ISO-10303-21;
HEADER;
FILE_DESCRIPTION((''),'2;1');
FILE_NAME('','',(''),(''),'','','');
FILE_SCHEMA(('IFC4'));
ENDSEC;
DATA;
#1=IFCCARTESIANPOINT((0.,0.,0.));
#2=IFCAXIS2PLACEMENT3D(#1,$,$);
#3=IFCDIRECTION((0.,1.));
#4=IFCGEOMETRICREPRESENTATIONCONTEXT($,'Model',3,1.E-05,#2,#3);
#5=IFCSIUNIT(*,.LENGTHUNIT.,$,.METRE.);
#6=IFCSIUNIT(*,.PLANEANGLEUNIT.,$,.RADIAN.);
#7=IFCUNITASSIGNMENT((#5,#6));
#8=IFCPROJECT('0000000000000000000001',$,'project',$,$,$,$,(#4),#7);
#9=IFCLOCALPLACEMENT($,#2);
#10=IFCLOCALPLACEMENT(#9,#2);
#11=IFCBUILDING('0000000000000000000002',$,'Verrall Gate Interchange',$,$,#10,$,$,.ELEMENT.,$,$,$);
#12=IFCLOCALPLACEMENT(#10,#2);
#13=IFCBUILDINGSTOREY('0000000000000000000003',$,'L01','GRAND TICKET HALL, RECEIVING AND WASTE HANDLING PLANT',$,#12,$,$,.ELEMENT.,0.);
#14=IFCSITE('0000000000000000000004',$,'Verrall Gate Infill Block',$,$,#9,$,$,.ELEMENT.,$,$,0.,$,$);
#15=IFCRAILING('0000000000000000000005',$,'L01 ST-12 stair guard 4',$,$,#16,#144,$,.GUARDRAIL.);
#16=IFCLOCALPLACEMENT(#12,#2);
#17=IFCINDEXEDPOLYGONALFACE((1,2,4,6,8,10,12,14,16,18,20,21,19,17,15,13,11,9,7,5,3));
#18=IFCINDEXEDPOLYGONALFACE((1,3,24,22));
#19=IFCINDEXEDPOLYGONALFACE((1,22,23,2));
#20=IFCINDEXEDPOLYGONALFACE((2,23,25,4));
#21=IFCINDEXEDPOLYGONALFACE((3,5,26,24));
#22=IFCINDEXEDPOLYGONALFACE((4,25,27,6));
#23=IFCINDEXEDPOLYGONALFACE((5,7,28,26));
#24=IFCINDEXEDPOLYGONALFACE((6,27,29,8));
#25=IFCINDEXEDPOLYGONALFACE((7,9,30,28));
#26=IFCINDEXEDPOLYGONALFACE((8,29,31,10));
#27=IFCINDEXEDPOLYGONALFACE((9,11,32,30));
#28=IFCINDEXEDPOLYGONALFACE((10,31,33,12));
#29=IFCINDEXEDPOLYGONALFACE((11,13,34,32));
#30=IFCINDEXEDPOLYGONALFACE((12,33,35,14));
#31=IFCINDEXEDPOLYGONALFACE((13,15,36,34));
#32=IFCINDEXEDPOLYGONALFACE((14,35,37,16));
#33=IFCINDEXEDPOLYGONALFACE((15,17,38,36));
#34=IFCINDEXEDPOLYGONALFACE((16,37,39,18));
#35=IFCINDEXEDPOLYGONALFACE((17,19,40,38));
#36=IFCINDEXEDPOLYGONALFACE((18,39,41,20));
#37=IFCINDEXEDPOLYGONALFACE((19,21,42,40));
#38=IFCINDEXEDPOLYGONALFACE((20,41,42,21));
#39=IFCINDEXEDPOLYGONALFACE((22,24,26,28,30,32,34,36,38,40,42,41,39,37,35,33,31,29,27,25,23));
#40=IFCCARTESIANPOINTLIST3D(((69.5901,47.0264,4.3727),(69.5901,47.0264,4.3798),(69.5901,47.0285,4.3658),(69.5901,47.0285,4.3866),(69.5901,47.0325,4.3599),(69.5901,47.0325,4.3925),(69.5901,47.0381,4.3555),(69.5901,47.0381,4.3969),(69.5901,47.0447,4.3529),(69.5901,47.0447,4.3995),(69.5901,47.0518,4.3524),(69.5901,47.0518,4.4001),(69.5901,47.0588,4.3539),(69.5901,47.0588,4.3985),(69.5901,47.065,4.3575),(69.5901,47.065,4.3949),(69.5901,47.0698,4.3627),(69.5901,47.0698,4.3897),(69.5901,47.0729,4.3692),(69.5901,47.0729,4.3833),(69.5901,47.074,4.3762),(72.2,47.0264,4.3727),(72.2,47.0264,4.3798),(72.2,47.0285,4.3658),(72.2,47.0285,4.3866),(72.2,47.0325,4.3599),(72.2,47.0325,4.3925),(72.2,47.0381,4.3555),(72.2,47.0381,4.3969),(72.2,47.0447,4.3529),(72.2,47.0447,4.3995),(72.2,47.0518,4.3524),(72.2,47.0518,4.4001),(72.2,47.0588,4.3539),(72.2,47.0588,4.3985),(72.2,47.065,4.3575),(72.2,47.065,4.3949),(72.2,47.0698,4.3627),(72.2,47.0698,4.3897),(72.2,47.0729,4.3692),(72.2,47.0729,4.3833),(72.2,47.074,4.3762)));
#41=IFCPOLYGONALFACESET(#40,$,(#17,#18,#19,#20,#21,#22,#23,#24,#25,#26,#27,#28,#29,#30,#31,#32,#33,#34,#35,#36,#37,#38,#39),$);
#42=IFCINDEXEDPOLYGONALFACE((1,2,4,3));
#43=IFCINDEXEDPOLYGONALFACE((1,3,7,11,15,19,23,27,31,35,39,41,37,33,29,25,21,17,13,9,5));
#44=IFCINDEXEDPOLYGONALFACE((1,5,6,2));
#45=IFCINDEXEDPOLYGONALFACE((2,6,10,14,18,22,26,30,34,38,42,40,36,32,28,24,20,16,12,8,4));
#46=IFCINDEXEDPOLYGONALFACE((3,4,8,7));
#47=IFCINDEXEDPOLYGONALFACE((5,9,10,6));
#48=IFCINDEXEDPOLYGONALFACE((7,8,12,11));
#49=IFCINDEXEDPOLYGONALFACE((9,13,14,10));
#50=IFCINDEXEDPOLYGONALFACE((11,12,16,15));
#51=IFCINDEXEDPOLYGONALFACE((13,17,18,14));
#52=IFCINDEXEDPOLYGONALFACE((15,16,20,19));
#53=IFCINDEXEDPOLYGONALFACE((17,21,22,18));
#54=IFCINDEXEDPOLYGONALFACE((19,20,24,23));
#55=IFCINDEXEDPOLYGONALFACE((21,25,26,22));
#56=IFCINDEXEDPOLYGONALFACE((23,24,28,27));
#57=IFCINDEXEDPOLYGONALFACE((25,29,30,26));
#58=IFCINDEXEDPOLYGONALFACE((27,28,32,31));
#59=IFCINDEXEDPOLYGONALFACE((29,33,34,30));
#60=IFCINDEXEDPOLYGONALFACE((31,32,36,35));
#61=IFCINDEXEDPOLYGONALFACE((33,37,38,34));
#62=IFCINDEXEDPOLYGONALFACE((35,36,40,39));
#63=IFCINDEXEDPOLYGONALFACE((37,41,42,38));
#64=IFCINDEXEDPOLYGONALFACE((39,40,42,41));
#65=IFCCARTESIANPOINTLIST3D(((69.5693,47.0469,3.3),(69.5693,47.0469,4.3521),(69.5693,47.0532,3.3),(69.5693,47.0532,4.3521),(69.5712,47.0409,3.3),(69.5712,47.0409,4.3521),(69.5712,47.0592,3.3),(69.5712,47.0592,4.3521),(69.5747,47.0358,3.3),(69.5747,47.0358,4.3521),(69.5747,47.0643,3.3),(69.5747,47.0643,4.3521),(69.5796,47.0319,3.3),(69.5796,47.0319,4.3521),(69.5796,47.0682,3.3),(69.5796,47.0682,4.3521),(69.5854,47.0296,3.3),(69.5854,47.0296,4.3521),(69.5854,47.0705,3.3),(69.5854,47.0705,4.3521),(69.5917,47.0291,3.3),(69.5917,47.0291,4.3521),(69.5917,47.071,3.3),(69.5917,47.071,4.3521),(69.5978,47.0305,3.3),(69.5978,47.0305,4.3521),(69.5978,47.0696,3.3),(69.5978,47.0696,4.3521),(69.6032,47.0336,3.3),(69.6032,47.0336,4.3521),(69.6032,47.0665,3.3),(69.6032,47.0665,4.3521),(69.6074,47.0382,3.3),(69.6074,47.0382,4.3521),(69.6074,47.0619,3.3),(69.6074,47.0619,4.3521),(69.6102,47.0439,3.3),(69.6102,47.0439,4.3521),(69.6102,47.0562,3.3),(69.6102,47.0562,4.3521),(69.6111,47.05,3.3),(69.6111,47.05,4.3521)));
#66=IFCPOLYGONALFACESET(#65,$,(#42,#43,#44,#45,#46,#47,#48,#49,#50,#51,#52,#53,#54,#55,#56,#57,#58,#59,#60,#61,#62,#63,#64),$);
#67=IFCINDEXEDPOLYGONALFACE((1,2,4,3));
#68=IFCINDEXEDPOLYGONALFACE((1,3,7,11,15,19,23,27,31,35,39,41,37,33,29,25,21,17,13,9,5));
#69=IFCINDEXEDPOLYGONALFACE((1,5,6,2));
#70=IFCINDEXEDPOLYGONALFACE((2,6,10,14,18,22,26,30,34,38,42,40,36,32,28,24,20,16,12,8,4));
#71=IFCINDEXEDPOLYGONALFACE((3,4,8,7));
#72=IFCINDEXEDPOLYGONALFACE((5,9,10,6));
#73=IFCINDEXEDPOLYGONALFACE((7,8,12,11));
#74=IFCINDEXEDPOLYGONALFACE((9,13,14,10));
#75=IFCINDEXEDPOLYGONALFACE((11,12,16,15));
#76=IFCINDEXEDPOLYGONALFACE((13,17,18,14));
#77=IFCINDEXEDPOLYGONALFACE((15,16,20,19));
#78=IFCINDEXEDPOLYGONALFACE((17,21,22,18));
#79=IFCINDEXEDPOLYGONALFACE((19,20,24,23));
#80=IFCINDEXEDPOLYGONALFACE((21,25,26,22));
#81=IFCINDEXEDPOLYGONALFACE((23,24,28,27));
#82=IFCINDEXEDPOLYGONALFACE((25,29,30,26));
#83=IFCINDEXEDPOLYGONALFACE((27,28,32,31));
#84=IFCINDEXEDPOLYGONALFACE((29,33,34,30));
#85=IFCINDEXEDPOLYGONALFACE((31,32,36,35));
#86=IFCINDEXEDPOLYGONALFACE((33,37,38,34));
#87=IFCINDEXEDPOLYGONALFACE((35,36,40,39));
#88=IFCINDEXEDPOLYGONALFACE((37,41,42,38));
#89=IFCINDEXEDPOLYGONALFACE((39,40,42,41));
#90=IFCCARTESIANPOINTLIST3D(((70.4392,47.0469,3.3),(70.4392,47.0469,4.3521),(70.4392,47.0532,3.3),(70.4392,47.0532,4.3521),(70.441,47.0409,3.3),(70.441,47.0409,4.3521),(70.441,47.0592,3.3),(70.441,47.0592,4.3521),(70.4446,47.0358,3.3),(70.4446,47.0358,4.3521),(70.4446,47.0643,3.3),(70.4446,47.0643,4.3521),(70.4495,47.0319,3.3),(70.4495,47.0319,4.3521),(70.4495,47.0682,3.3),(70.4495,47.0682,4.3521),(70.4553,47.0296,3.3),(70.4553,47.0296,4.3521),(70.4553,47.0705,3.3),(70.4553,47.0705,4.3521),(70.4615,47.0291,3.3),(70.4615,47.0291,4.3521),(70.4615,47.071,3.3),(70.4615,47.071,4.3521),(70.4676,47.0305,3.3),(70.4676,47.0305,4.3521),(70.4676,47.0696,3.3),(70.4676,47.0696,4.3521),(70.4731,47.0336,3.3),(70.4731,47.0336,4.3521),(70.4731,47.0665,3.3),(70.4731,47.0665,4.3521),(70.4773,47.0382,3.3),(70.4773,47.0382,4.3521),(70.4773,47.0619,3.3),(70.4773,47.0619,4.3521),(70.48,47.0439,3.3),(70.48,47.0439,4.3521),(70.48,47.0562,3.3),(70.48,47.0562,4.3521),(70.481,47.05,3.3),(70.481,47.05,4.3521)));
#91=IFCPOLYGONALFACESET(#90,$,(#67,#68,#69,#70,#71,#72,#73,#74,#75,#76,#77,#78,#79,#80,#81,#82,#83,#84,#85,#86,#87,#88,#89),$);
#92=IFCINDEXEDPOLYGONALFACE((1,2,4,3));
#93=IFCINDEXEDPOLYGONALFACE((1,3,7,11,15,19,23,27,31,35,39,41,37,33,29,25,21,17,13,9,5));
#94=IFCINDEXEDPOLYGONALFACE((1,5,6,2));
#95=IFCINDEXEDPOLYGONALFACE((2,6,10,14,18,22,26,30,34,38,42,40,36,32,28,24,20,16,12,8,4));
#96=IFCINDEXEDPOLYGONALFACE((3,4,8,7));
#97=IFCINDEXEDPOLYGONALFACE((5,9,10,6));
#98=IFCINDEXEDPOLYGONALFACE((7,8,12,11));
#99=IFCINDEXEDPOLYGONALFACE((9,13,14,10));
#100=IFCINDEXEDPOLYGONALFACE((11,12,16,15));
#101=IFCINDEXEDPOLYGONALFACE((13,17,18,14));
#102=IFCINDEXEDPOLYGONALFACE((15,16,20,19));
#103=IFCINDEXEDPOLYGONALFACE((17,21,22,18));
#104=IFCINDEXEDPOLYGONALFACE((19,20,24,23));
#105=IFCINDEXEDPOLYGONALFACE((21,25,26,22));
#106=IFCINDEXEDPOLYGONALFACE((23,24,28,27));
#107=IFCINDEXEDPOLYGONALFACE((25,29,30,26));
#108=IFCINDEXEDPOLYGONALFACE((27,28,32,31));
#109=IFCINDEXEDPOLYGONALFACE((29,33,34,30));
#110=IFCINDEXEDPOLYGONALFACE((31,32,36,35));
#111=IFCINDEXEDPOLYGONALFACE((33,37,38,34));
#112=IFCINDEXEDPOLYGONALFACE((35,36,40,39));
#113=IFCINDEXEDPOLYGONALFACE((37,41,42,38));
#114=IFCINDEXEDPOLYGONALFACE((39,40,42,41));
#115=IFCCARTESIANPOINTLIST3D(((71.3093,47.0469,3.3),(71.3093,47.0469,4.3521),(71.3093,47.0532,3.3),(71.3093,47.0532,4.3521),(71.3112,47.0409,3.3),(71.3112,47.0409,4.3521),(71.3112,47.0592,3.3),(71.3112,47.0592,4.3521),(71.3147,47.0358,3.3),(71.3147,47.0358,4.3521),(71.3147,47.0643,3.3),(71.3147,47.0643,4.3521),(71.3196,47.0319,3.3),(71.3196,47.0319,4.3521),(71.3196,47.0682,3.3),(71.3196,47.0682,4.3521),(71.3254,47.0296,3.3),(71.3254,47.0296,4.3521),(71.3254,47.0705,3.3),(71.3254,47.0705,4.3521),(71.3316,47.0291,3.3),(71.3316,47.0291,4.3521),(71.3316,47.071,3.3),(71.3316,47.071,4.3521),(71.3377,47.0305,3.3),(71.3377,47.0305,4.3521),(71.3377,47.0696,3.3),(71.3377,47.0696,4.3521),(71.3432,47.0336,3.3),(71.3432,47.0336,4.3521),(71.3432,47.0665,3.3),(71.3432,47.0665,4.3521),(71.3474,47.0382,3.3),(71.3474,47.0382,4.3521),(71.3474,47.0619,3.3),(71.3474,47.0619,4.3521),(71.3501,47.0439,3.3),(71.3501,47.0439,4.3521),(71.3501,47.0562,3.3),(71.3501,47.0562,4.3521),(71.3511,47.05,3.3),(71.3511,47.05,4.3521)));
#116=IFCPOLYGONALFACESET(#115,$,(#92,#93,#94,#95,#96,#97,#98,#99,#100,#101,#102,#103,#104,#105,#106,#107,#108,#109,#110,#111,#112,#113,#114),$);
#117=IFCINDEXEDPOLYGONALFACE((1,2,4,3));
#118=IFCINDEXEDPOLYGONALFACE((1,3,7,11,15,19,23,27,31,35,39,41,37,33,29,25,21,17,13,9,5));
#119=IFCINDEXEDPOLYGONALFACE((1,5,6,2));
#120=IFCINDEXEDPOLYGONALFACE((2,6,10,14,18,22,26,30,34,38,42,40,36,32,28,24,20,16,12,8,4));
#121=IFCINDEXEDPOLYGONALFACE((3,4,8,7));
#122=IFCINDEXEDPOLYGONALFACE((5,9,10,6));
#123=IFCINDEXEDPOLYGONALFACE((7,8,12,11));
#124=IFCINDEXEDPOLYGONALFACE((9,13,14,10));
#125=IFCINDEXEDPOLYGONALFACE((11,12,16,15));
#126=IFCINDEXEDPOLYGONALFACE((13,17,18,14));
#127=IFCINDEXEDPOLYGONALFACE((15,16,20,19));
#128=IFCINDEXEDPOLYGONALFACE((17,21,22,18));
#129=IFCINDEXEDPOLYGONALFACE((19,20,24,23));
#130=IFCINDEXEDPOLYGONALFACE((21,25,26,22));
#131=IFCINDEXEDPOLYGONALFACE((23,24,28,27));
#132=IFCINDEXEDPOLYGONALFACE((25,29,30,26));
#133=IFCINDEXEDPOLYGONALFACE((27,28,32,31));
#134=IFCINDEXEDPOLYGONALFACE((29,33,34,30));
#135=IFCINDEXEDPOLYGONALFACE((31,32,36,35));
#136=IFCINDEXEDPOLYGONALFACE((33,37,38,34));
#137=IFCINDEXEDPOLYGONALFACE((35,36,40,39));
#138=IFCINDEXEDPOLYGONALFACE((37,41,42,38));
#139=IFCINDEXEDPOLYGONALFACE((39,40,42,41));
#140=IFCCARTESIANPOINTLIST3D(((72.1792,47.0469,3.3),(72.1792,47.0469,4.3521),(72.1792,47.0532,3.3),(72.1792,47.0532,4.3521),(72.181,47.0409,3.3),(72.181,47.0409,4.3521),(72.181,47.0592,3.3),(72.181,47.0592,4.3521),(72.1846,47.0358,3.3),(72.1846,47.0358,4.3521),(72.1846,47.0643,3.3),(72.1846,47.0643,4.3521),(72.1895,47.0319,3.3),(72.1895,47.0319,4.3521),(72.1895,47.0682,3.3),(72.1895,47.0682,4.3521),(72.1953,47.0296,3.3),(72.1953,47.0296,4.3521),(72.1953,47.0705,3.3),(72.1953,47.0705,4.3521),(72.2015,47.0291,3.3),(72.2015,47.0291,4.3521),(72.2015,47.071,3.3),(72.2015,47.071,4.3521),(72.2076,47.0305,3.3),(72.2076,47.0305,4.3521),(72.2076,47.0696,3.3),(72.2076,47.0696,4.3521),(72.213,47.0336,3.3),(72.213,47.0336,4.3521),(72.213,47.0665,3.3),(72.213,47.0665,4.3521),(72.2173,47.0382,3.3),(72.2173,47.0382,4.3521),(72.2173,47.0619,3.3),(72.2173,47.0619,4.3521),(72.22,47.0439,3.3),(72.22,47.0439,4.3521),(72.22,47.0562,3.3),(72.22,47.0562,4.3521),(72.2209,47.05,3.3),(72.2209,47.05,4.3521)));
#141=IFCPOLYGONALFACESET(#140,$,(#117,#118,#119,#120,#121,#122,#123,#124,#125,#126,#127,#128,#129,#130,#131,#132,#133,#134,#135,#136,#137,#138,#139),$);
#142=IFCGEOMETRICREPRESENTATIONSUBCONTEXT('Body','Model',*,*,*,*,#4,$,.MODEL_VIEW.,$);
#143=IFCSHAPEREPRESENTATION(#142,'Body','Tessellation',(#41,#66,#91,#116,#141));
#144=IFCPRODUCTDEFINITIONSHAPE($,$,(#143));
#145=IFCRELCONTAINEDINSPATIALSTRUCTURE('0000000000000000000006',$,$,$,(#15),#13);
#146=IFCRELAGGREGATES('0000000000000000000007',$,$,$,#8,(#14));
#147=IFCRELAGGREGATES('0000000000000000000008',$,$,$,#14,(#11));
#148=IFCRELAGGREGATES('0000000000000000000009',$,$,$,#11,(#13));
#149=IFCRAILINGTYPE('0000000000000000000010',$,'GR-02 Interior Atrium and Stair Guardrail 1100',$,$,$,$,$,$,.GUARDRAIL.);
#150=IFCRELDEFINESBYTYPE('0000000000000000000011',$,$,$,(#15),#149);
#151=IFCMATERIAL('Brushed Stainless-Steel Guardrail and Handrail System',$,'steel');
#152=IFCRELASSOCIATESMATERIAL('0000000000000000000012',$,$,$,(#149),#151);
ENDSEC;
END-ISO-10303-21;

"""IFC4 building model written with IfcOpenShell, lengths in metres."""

from ifc_helpers import new_model, si_unit, direction, frame, origin, origin_2d, place, context, subcontext, project, spatial, circle, extrude, material, type_object, element, save


model = new_model("IFC4")

# Units and contexts
model_context = context("Model", 3, precision=1e-05, world=origin(), true_north=direction((0.0, 1.0)))
body_context = subcontext(model_context, "Body", "Model", "MODEL_VIEW")
ifc_project = project(units=[si_unit("LENGTHUNIT", "METRE"), si_unit("PLANEANGLEUNIT", "RADIAN")], contexts=[model_context])

# Site, building, storey
site_placement = place(None, origin())
site = spatial("IfcSite", under=ifc_project, at=site_placement, Name="Verrall Gate Infill Block", CompositionType="ELEMENT", RefElevation=0.0)
building_placement = place(site_placement, origin())
building = spatial("IfcBuilding", under=site, at=building_placement, Name="Verrall Gate Interchange", CompositionType="ELEMENT")
storey_placement = place(building_placement, origin())
storey = spatial("IfcBuildingStorey", under=building, at=storey_placement, Name="L01", Description="GRAND TICKET HALL, RECEIVING AND WASTE HANDLING PLANT", CompositionType="ELEMENT", Elevation=0.0)

# Railing
ifc_material_1 = material(Name="Brushed Stainless-Steel Guardrail and Handrail System", Category="steel")
railing_type_1 = type_object("IfcRailingType", Name="GR-02 Interior Atrium and Stair Guardrail 1100", PredefinedType="GUARDRAIL", material=ifc_material_1)
railing_1_placement = place(storey_placement, frame((69.5901, 47.05, 3.3)))
element("IfcRailing", 1, at=railing_1_placement, inside=storey, type_object=railing_type_1, Name="L01 ST-12 stair guard 4", PredefinedType="GUARDRAIL", context=body_context, shape_type="SweptSolid", body=[
    extrude(circle(Radius=0.0239, at=origin_2d()), frame((0.0, 0.0, 1.0762), z_axis=(1.0, 0.0, 0.0), x_axis=(0.0, 1.0, 0.0)), (0.0, 0.0, 1.0), 2.6099),
    extrude(circle(Radius=0.021, at=origin_2d()), origin(), (0.0, 0.0, 1.0), 1.052),
    extrude(circle(Radius=0.021, at=origin_2d()), frame((0.8699, 0.0, 0.0)), (0.0, 0.0, 1.0), 1.052),
    extrude(circle(Radius=0.021, at=origin_2d()), frame((1.74, 0.0, 0.0)), (0.0, 0.0, 1.0), 1.052),
    extrude(circle(Radius=0.021, at=origin_2d()), frame((2.6099, 0.0, 0.0)), (0.0, 0.0, 1.0), 1.052),
])

save(model, "model.ifc")
